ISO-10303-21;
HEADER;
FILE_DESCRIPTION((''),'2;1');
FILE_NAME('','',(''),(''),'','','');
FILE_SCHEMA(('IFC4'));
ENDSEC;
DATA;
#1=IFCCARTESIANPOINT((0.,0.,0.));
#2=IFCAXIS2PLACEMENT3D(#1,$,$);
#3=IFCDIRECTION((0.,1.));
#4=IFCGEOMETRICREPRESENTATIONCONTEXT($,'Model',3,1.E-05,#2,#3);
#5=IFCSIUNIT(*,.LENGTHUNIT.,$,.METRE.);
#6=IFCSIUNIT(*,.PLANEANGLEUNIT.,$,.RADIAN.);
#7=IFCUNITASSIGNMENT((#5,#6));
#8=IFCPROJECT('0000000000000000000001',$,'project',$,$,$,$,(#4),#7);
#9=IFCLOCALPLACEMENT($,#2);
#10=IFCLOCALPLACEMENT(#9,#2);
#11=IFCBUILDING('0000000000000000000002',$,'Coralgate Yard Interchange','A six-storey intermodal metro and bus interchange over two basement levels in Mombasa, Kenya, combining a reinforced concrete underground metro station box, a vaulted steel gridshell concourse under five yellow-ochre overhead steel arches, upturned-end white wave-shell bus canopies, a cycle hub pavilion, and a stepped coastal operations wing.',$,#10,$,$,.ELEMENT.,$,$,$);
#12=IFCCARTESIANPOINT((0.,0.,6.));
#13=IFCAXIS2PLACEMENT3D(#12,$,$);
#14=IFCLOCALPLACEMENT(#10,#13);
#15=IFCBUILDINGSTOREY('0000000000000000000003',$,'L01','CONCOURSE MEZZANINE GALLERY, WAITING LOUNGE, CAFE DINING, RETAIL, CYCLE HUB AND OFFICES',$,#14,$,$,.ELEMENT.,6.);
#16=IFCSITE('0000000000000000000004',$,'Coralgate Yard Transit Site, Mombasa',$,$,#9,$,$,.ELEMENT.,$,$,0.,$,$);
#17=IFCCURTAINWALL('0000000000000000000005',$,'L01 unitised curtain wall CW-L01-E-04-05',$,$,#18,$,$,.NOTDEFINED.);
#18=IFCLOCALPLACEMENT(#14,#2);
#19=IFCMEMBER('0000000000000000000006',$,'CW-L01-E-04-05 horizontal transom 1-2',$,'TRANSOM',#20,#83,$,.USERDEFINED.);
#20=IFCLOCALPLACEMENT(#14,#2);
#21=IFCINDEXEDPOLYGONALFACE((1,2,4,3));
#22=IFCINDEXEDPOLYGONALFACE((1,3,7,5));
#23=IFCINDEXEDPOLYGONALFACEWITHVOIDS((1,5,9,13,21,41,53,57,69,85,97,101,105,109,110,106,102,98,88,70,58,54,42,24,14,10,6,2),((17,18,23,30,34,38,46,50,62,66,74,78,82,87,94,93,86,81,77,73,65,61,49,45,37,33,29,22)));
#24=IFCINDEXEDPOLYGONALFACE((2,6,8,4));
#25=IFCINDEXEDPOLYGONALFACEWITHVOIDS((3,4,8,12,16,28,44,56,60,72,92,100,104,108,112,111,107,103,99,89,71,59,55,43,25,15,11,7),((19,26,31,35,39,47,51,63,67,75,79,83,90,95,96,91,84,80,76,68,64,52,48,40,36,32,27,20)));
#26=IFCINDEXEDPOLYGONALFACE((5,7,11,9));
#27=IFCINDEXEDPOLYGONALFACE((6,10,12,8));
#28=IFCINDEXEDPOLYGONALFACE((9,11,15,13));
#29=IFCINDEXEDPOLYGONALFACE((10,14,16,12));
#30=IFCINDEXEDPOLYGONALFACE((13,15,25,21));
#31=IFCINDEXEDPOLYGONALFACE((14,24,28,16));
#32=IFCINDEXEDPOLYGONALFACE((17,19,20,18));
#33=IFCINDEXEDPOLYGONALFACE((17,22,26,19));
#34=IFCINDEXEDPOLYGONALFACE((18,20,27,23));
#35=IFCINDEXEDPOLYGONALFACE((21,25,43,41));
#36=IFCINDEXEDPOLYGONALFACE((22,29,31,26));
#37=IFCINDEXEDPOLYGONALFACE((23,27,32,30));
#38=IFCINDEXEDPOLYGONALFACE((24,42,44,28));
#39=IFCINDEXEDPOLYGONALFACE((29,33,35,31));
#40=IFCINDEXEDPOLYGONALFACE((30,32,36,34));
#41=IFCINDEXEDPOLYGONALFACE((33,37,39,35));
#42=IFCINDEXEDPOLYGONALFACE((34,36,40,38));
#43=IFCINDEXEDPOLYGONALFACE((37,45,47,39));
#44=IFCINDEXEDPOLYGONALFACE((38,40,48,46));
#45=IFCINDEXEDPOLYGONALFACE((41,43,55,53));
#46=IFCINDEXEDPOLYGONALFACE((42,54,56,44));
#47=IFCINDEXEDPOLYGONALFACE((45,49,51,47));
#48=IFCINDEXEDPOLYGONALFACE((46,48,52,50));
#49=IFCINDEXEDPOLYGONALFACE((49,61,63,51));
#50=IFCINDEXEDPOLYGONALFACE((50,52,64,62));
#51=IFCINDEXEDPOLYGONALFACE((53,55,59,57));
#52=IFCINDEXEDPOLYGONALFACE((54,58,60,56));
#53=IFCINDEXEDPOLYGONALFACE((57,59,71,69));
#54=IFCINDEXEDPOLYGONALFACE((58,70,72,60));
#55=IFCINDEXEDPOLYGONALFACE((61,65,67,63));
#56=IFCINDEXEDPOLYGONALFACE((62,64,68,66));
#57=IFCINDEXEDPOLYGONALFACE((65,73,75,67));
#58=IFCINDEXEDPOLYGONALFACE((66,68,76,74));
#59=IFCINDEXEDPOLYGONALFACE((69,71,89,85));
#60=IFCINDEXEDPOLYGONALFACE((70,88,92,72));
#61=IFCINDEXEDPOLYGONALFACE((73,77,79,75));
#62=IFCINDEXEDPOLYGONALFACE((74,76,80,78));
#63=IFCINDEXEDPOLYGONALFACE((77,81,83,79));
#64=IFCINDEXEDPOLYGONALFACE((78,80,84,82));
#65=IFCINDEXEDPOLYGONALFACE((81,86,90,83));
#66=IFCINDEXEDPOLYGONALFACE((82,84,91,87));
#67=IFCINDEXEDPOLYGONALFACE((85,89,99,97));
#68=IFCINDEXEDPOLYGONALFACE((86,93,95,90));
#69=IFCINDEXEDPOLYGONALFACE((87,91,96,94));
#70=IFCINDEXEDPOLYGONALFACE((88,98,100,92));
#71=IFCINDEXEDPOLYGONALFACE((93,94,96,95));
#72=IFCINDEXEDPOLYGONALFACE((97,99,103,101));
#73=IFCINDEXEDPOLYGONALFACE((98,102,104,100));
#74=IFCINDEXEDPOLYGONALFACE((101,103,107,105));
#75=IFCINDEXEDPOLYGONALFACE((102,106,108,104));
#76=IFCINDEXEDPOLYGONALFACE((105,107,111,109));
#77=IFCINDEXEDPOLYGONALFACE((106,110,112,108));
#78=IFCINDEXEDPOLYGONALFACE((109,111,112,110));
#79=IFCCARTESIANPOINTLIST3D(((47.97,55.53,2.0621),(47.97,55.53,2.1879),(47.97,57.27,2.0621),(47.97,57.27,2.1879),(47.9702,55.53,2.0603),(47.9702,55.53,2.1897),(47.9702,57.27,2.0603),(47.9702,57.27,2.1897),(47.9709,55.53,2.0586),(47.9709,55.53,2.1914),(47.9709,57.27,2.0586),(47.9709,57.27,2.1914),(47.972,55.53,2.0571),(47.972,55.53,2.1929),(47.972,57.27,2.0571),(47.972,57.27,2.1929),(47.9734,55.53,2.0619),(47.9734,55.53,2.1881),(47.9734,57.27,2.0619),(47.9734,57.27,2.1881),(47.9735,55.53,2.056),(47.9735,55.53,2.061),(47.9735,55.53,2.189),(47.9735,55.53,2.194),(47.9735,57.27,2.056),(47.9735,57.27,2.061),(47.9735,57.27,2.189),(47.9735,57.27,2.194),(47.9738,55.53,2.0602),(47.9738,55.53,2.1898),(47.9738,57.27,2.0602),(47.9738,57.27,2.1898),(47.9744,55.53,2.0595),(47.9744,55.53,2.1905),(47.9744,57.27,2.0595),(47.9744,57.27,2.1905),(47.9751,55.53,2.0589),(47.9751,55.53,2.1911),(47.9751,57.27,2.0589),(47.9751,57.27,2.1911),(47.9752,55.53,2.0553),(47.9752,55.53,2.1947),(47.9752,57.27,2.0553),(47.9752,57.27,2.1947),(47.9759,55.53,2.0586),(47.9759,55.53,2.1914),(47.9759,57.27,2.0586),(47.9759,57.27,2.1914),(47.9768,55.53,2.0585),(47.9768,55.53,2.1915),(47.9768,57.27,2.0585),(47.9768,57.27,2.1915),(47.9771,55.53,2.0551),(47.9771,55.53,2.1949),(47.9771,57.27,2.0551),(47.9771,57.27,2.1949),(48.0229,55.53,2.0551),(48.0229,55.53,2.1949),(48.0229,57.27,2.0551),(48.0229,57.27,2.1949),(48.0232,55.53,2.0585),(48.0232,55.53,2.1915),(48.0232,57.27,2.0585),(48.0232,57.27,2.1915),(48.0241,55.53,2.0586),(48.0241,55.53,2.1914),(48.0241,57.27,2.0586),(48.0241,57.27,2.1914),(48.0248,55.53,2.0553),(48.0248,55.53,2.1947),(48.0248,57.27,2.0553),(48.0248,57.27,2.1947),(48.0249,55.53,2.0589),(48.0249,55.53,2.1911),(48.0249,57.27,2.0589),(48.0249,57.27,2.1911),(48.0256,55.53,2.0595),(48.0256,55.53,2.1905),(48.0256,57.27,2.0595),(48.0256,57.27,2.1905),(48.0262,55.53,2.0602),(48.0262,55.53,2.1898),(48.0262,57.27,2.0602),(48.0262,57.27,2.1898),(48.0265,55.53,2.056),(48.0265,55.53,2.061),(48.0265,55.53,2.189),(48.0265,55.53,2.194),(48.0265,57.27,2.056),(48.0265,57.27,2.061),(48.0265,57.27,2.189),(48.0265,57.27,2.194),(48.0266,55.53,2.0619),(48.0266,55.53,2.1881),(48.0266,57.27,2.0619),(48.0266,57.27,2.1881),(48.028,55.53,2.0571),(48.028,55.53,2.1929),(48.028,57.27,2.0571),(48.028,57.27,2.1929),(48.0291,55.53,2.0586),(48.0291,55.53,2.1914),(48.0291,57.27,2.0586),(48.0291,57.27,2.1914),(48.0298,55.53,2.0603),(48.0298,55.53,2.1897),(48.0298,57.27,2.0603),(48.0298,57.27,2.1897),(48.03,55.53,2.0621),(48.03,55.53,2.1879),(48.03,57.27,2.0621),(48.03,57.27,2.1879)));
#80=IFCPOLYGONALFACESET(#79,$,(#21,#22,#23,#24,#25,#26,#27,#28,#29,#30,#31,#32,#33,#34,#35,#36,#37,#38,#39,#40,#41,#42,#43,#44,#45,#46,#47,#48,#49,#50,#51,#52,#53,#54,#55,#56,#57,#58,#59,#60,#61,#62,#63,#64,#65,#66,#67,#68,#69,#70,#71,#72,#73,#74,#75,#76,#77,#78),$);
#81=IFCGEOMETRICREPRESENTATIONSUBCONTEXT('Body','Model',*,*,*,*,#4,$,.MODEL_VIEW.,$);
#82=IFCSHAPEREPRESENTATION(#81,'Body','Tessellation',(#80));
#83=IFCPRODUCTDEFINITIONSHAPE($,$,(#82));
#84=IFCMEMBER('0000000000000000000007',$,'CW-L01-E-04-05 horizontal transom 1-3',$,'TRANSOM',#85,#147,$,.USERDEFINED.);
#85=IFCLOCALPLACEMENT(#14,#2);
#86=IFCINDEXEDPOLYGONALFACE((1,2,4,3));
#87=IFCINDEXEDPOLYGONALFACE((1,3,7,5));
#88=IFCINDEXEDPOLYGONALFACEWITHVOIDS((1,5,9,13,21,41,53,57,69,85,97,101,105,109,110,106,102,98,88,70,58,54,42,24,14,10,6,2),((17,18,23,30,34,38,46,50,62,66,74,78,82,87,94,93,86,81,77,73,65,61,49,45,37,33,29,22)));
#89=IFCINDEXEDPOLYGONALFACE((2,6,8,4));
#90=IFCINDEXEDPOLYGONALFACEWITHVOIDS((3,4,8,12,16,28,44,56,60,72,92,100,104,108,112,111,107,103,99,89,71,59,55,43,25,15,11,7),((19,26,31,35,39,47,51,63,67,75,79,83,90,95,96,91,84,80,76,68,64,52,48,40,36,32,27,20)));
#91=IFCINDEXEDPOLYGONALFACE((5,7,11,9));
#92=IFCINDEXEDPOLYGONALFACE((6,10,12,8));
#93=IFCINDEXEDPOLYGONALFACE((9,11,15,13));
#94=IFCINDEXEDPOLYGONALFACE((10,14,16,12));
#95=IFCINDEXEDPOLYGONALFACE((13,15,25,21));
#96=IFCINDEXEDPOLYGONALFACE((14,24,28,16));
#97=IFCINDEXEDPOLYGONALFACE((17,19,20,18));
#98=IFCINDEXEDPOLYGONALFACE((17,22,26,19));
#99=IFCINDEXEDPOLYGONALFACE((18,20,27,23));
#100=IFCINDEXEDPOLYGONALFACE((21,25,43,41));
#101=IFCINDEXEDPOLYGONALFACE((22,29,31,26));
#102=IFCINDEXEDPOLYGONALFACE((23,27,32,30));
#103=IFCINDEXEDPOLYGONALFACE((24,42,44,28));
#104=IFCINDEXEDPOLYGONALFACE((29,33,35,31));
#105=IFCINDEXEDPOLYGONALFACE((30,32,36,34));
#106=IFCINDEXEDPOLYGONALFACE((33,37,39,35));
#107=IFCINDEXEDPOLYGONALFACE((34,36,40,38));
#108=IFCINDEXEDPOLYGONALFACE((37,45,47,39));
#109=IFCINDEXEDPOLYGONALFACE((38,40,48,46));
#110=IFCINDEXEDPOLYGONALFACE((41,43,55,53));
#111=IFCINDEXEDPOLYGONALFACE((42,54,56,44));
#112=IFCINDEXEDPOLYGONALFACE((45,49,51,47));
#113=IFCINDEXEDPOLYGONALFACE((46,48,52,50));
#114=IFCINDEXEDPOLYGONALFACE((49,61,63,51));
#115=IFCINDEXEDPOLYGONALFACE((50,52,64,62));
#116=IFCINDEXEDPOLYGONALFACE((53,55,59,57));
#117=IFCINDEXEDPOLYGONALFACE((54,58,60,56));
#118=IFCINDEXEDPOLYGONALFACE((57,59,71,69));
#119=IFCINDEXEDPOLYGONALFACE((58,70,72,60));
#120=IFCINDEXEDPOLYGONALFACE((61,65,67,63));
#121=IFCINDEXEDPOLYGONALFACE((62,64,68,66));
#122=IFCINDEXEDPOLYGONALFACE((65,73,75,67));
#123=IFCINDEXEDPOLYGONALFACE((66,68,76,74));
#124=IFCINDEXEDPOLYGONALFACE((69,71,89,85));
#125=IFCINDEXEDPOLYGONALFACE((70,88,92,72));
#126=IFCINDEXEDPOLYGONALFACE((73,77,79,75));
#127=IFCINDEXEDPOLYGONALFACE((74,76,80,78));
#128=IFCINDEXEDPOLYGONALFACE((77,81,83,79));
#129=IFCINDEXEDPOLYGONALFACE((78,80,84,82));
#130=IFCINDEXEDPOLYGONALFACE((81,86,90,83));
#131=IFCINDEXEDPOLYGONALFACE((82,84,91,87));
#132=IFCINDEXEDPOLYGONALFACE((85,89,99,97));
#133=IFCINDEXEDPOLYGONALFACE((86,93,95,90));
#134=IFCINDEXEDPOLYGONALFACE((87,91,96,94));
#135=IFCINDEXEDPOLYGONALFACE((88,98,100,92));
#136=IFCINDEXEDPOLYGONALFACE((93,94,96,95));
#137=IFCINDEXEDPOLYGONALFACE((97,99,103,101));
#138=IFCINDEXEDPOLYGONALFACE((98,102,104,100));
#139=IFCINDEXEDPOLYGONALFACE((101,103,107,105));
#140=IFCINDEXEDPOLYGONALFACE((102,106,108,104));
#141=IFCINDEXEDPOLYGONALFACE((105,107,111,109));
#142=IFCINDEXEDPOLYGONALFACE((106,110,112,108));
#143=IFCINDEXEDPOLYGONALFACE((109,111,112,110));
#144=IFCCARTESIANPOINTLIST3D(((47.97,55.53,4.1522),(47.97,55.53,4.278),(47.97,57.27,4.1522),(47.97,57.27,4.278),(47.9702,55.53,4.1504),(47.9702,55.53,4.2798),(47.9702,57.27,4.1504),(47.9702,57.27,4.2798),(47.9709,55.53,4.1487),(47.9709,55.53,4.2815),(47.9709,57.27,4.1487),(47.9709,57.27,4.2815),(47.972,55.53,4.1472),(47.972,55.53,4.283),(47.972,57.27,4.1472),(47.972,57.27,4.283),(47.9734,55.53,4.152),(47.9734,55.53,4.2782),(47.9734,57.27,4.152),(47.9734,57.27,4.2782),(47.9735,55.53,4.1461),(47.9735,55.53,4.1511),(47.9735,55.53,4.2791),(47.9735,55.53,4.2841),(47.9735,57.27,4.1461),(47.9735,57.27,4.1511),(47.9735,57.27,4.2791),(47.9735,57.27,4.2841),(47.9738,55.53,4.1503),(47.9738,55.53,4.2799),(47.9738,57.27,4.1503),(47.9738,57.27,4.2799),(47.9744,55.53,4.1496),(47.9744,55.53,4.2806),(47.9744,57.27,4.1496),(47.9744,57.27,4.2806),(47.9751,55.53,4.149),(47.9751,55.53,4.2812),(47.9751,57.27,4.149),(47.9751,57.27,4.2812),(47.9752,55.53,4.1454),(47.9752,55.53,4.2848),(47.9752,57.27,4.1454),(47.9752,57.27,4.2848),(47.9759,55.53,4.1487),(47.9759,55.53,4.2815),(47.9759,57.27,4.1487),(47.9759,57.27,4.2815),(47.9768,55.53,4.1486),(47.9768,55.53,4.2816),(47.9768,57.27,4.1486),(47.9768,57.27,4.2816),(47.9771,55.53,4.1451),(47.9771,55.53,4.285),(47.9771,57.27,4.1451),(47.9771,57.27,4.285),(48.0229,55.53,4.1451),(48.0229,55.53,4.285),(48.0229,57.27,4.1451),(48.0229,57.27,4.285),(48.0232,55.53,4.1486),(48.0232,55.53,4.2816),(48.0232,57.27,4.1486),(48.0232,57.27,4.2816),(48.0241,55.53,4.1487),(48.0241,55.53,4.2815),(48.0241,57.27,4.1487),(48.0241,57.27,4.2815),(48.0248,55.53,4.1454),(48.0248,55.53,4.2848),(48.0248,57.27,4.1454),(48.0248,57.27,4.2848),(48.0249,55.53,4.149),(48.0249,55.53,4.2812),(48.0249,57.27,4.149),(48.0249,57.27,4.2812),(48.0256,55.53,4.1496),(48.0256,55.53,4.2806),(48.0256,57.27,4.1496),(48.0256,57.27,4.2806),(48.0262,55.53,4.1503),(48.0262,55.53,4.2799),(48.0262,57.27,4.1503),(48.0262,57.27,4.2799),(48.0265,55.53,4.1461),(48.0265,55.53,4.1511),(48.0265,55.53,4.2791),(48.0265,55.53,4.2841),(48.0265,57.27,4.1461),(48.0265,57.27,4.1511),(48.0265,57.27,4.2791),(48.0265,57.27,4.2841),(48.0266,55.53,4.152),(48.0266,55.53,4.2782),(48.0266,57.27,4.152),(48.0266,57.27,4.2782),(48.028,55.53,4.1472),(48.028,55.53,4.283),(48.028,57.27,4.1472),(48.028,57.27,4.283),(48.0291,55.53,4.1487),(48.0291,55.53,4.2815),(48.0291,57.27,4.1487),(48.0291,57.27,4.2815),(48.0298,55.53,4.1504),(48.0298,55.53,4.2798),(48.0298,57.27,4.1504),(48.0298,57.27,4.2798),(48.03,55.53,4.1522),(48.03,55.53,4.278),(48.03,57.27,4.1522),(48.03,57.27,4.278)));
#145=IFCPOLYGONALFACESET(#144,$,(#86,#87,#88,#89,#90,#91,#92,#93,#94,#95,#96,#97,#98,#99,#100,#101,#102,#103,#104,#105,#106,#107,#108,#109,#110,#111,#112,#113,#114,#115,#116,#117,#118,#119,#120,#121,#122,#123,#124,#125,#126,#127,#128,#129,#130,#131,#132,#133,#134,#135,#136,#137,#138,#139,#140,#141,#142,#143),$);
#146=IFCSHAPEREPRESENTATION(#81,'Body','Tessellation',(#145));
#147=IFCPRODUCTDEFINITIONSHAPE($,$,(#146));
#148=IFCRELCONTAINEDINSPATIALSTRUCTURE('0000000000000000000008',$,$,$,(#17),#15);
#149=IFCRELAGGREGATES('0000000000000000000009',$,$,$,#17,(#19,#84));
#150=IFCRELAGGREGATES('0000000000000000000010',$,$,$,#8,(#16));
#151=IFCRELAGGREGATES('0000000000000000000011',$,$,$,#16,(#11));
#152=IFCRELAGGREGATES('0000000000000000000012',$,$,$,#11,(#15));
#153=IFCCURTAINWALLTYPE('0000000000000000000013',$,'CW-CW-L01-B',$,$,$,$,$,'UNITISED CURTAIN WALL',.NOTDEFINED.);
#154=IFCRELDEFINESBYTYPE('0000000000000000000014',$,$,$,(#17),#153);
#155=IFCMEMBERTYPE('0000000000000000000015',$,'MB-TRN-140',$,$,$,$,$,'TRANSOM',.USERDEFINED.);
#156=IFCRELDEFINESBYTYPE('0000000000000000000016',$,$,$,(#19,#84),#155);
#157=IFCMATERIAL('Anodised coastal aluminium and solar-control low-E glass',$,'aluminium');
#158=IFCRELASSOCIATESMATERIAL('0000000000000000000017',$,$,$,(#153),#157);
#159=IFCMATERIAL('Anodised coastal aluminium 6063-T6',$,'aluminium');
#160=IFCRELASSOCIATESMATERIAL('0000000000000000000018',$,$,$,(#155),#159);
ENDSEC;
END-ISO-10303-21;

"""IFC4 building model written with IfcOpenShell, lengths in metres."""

from ifc_helpers import new_model, si_unit, direction, frame, origin, origin_2d, place, context, subcontext, project, spatial, hollow_rectangle, extrude, material, material_profile, profile_set, type_object, element, aggregate, save


model = new_model("IFC4")

# Units and contexts
model_context = context("Model", 3, precision=1e-05, world=origin(), true_north=direction((0.0, 1.0)))
body_context = subcontext(model_context, "Body", "Model", "MODEL_VIEW")
ifc_project = project(units=[si_unit("LENGTHUNIT", "METRE"), si_unit("PLANEANGLEUNIT", "RADIAN")], contexts=[model_context])

# Site, building, storey
site_placement = place(None, origin())
site = spatial("IfcSite", under=ifc_project, at=site_placement, Name="Coralgate Yard Transit Site, Mombasa", CompositionType="ELEMENT", RefElevation=0.0)
building_placement = place(site_placement, origin())
building = spatial("IfcBuilding", under=site, at=building_placement, Name="Coralgate Yard Interchange", Description="A six-storey intermodal metro and bus interchange over two basement levels in Mombasa, Kenya, combining a reinforced concrete underground metro station box, a vaulted steel gridshell concourse under five yellow-ochre overhead steel arches, upturned-end white wave-shell bus canopies, a cycle hub pavilion, and a stepped coastal operations wing.", CompositionType="ELEMENT")
storey_placement = place(building_placement, frame((0.0, 0.0, 6.0)))
storey = spatial("IfcBuildingStorey", under=building, at=storey_placement, Name="L01", Description="CONCOURSE MEZZANINE GALLERY, WAITING LOUNGE, CAFE DINING, RETAIL, CYCLE HUB AND OFFICES", CompositionType="ELEMENT", Elevation=6.0)

# Curtain wall
ifc_material_1 = material(Name="Anodised coastal aluminium and solar-control low-E glass", Category="aluminium")
curtain_wall_type = type_object("IfcCurtainWallType", Name="CW-CW-L01-B", ElementType="UNITISED CURTAIN WALL", PredefinedType="NOTDEFINED", material=ifc_material_1)
curtain_wall_1_placement = place(storey_placement, origin())
curtain_wall_1 = element("IfcCurtainWall", 1, at=curtain_wall_1_placement, inside=storey, type_object=curtain_wall_type, Name="L01 unitised curtain wall CW-L01-E-04-05", PredefinedType="NOTDEFINED")
ifc_material_2 = material(Name="Anodised coastal aluminium 6063-T6", Category="aluminium")

# Members
ifc_material_profile_1 = material_profile(ifc_material_2, hollow_rectangle(XDim=0.0601, YDim=0.1399, WallThickness=0.0034, InnerFilletRadius=0.0034, OuterFilletRadius=0.0071, at=origin_2d()), Name="ALU 60x140x3.5")
ifc_profile_set_1 = profile_set([ifc_material_profile_1], Name="Anodised coastal aluminium 6063-T6")
member_type_1 = type_object("IfcMemberType", Name="MB-TRN-140", ElementType="TRANSOM", PredefinedType="USERDEFINED", material=ifc_profile_set_1)
member_1_placement = place(storey_placement, frame((48.0, 57.27, 2.125), z_axis=(0.0, -1.0, 0.0), x_axis=(1.0, 0.0, 0.0)))
member_1 = element("IfcMember", 2, at=member_1_placement, type_object=member_type_1, Name="CW-L01-E-04-05 horizontal transom 1-2", ObjectType="TRANSOM", PredefinedType="USERDEFINED", context=body_context, shape_type="SweptSolid", body=[
    extrude(hollow_rectangle(XDim=0.0601, YDim=0.1399, WallThickness=0.0034, InnerFilletRadius=0.0034, OuterFilletRadius=0.0071, at=origin_2d()), origin(), (0.0, 0.0, 1.0), 1.74),
])
member_2_placement = place(storey_placement, frame((48.0, 57.27, 4.2151), z_axis=(0.0, -1.0, 0.0), x_axis=(1.0, 0.0, 0.0)))
member_2 = element("IfcMember", 3, at=member_2_placement, type_object=member_type_1, Name="CW-L01-E-04-05 horizontal transom 1-3", ObjectType="TRANSOM", PredefinedType="USERDEFINED", context=body_context, shape_type="SweptSolid", body=[
    extrude(hollow_rectangle(XDim=0.0601, YDim=0.1399, WallThickness=0.0034, InnerFilletRadius=0.0034, OuterFilletRadius=0.0071, at=origin_2d()), origin(), (0.0, 0.0, 1.0), 1.74),
])
aggregate(curtain_wall_1, [member_1, member_2])

save(model, "model.ifc")
